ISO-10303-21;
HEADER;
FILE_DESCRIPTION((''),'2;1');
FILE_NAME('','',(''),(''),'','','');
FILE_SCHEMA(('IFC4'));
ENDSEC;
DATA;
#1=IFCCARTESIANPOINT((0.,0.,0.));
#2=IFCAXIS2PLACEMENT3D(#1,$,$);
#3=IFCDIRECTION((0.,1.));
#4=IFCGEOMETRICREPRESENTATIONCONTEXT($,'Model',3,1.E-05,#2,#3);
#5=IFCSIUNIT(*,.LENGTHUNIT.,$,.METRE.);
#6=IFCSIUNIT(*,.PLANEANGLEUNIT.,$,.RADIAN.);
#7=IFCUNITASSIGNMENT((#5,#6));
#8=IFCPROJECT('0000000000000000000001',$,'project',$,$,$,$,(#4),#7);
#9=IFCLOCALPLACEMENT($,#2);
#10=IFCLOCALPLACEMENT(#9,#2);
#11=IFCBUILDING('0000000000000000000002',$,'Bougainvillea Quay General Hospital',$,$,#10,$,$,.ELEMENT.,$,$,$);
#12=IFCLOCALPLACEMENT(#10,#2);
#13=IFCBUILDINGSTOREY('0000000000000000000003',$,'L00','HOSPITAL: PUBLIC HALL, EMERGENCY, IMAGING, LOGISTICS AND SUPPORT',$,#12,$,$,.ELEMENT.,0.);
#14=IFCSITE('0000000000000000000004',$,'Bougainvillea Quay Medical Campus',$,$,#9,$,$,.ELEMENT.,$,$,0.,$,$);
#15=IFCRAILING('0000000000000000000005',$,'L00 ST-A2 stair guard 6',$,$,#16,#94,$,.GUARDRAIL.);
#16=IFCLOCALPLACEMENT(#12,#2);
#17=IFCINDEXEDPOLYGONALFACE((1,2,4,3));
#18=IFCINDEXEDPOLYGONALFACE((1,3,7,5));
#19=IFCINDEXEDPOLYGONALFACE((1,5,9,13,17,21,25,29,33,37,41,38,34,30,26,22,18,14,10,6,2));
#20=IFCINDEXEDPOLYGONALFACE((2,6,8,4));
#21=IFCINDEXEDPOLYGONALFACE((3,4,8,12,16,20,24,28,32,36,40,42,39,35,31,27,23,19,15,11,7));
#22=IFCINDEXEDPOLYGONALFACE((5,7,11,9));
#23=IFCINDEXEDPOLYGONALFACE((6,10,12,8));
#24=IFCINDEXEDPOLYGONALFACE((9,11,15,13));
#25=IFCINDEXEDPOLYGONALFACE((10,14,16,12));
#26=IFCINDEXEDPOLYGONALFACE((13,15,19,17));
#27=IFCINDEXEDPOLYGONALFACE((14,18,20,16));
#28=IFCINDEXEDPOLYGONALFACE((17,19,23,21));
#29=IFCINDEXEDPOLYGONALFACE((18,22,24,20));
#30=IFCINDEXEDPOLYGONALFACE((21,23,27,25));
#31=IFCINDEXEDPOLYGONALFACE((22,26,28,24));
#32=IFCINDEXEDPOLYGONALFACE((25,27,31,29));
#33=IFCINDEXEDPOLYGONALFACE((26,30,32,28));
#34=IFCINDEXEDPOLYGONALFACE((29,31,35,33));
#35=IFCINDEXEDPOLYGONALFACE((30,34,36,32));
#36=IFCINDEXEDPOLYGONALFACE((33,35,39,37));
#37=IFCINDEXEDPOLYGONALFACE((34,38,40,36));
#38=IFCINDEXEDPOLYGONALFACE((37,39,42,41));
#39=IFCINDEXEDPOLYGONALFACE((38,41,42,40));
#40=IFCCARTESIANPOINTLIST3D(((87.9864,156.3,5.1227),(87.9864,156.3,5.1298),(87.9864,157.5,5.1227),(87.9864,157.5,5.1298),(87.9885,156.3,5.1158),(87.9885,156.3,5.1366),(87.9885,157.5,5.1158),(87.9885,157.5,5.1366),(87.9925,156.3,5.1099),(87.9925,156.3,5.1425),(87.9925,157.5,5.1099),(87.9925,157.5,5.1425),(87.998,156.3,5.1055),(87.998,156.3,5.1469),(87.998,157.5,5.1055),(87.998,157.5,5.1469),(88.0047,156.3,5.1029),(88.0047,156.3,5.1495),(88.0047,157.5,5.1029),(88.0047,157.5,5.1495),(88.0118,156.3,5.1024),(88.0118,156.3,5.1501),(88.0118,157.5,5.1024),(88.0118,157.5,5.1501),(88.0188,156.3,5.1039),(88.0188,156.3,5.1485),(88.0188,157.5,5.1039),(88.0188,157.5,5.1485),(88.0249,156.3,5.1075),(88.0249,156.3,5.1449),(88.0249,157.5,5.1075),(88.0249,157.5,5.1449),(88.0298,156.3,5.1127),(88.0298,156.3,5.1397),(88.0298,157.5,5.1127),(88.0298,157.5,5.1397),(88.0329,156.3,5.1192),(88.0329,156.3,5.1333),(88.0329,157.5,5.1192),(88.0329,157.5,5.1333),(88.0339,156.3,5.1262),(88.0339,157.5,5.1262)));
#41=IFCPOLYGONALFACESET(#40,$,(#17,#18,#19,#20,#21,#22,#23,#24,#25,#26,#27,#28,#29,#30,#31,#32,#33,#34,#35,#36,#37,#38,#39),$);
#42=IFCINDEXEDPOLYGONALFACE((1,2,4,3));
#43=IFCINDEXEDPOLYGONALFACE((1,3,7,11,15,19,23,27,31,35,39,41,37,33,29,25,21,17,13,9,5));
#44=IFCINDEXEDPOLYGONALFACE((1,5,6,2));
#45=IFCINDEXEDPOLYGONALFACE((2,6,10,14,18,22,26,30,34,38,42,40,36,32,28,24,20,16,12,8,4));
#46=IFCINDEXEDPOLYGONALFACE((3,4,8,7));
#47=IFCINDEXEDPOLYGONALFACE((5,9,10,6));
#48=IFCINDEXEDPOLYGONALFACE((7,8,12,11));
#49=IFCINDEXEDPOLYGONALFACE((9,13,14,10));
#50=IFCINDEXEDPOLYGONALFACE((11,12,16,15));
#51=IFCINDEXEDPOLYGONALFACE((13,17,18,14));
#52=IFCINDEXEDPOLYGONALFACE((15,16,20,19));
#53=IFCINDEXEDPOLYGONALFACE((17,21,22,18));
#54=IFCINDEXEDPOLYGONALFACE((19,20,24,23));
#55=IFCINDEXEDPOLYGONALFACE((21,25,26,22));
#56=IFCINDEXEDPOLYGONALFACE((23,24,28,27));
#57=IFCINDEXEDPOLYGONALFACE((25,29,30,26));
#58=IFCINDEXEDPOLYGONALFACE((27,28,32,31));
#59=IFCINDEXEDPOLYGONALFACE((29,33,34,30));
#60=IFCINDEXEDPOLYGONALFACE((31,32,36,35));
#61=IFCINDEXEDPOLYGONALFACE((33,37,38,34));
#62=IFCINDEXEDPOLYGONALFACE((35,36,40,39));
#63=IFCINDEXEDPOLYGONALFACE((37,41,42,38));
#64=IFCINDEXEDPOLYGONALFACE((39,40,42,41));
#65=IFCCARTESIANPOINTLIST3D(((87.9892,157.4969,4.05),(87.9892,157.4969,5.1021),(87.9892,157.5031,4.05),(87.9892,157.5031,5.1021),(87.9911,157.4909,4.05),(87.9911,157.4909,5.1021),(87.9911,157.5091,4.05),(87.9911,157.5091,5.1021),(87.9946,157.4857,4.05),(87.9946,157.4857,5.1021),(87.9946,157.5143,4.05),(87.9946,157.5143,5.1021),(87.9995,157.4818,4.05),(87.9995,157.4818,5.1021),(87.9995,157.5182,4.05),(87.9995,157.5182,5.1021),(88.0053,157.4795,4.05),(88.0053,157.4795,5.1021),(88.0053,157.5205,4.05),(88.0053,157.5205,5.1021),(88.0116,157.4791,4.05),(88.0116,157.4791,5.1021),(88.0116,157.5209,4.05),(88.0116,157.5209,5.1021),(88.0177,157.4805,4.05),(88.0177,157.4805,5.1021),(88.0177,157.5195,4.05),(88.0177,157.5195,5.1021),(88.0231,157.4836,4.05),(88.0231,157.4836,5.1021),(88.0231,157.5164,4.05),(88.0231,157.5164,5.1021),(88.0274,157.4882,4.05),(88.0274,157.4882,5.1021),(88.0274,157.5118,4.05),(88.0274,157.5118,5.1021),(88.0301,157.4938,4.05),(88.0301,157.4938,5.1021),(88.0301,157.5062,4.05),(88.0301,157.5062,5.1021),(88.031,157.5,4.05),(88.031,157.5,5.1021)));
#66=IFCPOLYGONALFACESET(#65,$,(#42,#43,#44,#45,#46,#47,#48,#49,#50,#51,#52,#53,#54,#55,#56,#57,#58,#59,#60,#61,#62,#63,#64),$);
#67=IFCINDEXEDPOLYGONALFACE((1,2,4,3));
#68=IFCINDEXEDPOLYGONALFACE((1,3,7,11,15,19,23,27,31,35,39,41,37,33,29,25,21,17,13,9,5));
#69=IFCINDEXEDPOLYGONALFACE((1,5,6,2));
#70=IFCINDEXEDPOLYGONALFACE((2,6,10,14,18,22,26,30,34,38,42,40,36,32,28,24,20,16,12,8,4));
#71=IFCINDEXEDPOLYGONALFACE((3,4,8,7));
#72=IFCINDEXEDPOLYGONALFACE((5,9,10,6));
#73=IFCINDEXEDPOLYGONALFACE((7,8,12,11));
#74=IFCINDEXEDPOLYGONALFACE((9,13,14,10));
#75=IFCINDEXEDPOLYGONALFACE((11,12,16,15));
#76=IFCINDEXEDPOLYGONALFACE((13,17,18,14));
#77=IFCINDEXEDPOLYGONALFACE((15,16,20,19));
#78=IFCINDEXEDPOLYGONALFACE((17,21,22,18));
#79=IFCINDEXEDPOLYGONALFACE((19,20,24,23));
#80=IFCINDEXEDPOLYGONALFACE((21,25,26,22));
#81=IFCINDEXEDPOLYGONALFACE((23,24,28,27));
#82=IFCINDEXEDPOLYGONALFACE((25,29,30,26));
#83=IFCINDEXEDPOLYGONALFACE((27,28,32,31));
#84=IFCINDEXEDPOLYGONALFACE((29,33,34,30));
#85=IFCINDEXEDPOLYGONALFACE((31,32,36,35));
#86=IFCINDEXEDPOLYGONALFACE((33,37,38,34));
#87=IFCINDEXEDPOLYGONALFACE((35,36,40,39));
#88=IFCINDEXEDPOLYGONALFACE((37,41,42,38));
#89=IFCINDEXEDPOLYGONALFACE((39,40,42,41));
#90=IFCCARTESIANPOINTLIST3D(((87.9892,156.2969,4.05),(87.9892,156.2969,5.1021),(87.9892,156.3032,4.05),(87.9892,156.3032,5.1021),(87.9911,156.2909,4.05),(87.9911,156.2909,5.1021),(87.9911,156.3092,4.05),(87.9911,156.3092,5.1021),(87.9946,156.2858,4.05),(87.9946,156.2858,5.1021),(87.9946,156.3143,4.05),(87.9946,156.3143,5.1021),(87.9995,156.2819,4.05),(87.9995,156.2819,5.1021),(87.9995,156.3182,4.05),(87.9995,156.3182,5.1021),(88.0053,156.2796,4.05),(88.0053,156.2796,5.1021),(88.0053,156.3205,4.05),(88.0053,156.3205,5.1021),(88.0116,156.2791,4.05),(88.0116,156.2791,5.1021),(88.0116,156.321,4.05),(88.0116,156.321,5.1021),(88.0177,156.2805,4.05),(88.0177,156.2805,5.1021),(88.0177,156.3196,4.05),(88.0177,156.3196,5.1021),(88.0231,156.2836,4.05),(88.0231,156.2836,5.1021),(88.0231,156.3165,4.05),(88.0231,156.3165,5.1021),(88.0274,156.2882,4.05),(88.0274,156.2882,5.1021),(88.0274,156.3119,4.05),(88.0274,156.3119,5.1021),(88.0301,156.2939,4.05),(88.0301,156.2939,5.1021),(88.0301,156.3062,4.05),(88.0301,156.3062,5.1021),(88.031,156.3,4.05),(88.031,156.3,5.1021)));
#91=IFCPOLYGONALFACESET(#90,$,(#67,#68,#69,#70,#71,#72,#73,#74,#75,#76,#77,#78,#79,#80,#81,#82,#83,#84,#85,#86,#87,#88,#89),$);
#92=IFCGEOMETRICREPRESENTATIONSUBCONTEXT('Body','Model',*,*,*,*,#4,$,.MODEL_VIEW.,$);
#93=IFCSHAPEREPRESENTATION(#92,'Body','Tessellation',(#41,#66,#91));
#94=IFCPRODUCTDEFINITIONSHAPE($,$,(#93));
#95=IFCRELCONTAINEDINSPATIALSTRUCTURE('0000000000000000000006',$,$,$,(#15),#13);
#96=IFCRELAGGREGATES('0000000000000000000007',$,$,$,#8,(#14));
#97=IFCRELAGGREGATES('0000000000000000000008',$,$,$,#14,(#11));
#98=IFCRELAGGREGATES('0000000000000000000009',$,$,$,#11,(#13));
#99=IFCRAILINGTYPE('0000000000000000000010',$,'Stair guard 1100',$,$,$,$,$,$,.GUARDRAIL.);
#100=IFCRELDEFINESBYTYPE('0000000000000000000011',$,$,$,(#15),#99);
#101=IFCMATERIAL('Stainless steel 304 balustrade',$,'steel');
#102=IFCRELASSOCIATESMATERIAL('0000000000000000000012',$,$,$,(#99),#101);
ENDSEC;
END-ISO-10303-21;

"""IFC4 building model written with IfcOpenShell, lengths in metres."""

from ifc_helpers import new_model, si_unit, direction, frame, origin, origin_2d, place, context, subcontext, project, spatial, circle, extrude, material, type_object, element, save


model = new_model("IFC4")

# Units and contexts
model_context = context("Model", 3, precision=1e-05, world=origin(), true_north=direction((0.0, 1.0)))
body_context = subcontext(model_context, "Body", "Model", "MODEL_VIEW")
ifc_project = project(units=[si_unit("LENGTHUNIT", "METRE"), si_unit("PLANEANGLEUNIT", "RADIAN")], contexts=[model_context])

# Site, building, storey
site_placement = place(None, origin())
site = spatial("IfcSite", under=ifc_project, at=site_placement, Name="Bougainvillea Quay Medical Campus", CompositionType="ELEMENT", RefElevation=0.0)
building_placement = place(site_placement, origin())
building = spatial("IfcBuilding", under=site, at=building_placement, Name="Bougainvillea Quay General Hospital", CompositionType="ELEMENT")
storey_placement = place(building_placement, origin())
storey = spatial("IfcBuildingStorey", under=building, at=storey_placement, Name="L00", Description="HOSPITAL: PUBLIC HALL, EMERGENCY, IMAGING, LOGISTICS AND SUPPORT", CompositionType="ELEMENT", Elevation=0.0)

# Railing
ifc_material_1 = material(Name="Stainless steel 304 balustrade", Category="steel")
railing_type_1 = type_object("IfcRailingType", Name="Stair guard 1100", PredefinedType="GUARDRAIL", material=ifc_material_1)
railing_1_placement = place(storey_placement, frame((88.01, 157.5, 4.05)))
element("IfcRailing", 1, at=railing_1_placement, inside=storey, type_object=railing_type_1, Name="L00 ST-A2 stair guard 6", PredefinedType="GUARDRAIL", context=body_context, shape_type="SweptSolid", body=[
    extrude(circle(Radius=0.0239, at=origin_2d()), frame((0.0, 0.0, 1.0762), z_axis=(0.0, -1.0, 0.0), x_axis=(1.0, 0.0, 0.0)), (0.0, 0.0, 1.0), 1.2),
    extrude(circle(Radius=0.021, at=origin_2d()), origin(), (0.0, 0.0, 1.0), 1.052),
    extrude(circle(Radius=0.021, at=origin_2d()), frame((0.0, -1.2, 0.0)), (0.0, 0.0, 1.0), 1.052),
])

save(model, "model.ifc")
